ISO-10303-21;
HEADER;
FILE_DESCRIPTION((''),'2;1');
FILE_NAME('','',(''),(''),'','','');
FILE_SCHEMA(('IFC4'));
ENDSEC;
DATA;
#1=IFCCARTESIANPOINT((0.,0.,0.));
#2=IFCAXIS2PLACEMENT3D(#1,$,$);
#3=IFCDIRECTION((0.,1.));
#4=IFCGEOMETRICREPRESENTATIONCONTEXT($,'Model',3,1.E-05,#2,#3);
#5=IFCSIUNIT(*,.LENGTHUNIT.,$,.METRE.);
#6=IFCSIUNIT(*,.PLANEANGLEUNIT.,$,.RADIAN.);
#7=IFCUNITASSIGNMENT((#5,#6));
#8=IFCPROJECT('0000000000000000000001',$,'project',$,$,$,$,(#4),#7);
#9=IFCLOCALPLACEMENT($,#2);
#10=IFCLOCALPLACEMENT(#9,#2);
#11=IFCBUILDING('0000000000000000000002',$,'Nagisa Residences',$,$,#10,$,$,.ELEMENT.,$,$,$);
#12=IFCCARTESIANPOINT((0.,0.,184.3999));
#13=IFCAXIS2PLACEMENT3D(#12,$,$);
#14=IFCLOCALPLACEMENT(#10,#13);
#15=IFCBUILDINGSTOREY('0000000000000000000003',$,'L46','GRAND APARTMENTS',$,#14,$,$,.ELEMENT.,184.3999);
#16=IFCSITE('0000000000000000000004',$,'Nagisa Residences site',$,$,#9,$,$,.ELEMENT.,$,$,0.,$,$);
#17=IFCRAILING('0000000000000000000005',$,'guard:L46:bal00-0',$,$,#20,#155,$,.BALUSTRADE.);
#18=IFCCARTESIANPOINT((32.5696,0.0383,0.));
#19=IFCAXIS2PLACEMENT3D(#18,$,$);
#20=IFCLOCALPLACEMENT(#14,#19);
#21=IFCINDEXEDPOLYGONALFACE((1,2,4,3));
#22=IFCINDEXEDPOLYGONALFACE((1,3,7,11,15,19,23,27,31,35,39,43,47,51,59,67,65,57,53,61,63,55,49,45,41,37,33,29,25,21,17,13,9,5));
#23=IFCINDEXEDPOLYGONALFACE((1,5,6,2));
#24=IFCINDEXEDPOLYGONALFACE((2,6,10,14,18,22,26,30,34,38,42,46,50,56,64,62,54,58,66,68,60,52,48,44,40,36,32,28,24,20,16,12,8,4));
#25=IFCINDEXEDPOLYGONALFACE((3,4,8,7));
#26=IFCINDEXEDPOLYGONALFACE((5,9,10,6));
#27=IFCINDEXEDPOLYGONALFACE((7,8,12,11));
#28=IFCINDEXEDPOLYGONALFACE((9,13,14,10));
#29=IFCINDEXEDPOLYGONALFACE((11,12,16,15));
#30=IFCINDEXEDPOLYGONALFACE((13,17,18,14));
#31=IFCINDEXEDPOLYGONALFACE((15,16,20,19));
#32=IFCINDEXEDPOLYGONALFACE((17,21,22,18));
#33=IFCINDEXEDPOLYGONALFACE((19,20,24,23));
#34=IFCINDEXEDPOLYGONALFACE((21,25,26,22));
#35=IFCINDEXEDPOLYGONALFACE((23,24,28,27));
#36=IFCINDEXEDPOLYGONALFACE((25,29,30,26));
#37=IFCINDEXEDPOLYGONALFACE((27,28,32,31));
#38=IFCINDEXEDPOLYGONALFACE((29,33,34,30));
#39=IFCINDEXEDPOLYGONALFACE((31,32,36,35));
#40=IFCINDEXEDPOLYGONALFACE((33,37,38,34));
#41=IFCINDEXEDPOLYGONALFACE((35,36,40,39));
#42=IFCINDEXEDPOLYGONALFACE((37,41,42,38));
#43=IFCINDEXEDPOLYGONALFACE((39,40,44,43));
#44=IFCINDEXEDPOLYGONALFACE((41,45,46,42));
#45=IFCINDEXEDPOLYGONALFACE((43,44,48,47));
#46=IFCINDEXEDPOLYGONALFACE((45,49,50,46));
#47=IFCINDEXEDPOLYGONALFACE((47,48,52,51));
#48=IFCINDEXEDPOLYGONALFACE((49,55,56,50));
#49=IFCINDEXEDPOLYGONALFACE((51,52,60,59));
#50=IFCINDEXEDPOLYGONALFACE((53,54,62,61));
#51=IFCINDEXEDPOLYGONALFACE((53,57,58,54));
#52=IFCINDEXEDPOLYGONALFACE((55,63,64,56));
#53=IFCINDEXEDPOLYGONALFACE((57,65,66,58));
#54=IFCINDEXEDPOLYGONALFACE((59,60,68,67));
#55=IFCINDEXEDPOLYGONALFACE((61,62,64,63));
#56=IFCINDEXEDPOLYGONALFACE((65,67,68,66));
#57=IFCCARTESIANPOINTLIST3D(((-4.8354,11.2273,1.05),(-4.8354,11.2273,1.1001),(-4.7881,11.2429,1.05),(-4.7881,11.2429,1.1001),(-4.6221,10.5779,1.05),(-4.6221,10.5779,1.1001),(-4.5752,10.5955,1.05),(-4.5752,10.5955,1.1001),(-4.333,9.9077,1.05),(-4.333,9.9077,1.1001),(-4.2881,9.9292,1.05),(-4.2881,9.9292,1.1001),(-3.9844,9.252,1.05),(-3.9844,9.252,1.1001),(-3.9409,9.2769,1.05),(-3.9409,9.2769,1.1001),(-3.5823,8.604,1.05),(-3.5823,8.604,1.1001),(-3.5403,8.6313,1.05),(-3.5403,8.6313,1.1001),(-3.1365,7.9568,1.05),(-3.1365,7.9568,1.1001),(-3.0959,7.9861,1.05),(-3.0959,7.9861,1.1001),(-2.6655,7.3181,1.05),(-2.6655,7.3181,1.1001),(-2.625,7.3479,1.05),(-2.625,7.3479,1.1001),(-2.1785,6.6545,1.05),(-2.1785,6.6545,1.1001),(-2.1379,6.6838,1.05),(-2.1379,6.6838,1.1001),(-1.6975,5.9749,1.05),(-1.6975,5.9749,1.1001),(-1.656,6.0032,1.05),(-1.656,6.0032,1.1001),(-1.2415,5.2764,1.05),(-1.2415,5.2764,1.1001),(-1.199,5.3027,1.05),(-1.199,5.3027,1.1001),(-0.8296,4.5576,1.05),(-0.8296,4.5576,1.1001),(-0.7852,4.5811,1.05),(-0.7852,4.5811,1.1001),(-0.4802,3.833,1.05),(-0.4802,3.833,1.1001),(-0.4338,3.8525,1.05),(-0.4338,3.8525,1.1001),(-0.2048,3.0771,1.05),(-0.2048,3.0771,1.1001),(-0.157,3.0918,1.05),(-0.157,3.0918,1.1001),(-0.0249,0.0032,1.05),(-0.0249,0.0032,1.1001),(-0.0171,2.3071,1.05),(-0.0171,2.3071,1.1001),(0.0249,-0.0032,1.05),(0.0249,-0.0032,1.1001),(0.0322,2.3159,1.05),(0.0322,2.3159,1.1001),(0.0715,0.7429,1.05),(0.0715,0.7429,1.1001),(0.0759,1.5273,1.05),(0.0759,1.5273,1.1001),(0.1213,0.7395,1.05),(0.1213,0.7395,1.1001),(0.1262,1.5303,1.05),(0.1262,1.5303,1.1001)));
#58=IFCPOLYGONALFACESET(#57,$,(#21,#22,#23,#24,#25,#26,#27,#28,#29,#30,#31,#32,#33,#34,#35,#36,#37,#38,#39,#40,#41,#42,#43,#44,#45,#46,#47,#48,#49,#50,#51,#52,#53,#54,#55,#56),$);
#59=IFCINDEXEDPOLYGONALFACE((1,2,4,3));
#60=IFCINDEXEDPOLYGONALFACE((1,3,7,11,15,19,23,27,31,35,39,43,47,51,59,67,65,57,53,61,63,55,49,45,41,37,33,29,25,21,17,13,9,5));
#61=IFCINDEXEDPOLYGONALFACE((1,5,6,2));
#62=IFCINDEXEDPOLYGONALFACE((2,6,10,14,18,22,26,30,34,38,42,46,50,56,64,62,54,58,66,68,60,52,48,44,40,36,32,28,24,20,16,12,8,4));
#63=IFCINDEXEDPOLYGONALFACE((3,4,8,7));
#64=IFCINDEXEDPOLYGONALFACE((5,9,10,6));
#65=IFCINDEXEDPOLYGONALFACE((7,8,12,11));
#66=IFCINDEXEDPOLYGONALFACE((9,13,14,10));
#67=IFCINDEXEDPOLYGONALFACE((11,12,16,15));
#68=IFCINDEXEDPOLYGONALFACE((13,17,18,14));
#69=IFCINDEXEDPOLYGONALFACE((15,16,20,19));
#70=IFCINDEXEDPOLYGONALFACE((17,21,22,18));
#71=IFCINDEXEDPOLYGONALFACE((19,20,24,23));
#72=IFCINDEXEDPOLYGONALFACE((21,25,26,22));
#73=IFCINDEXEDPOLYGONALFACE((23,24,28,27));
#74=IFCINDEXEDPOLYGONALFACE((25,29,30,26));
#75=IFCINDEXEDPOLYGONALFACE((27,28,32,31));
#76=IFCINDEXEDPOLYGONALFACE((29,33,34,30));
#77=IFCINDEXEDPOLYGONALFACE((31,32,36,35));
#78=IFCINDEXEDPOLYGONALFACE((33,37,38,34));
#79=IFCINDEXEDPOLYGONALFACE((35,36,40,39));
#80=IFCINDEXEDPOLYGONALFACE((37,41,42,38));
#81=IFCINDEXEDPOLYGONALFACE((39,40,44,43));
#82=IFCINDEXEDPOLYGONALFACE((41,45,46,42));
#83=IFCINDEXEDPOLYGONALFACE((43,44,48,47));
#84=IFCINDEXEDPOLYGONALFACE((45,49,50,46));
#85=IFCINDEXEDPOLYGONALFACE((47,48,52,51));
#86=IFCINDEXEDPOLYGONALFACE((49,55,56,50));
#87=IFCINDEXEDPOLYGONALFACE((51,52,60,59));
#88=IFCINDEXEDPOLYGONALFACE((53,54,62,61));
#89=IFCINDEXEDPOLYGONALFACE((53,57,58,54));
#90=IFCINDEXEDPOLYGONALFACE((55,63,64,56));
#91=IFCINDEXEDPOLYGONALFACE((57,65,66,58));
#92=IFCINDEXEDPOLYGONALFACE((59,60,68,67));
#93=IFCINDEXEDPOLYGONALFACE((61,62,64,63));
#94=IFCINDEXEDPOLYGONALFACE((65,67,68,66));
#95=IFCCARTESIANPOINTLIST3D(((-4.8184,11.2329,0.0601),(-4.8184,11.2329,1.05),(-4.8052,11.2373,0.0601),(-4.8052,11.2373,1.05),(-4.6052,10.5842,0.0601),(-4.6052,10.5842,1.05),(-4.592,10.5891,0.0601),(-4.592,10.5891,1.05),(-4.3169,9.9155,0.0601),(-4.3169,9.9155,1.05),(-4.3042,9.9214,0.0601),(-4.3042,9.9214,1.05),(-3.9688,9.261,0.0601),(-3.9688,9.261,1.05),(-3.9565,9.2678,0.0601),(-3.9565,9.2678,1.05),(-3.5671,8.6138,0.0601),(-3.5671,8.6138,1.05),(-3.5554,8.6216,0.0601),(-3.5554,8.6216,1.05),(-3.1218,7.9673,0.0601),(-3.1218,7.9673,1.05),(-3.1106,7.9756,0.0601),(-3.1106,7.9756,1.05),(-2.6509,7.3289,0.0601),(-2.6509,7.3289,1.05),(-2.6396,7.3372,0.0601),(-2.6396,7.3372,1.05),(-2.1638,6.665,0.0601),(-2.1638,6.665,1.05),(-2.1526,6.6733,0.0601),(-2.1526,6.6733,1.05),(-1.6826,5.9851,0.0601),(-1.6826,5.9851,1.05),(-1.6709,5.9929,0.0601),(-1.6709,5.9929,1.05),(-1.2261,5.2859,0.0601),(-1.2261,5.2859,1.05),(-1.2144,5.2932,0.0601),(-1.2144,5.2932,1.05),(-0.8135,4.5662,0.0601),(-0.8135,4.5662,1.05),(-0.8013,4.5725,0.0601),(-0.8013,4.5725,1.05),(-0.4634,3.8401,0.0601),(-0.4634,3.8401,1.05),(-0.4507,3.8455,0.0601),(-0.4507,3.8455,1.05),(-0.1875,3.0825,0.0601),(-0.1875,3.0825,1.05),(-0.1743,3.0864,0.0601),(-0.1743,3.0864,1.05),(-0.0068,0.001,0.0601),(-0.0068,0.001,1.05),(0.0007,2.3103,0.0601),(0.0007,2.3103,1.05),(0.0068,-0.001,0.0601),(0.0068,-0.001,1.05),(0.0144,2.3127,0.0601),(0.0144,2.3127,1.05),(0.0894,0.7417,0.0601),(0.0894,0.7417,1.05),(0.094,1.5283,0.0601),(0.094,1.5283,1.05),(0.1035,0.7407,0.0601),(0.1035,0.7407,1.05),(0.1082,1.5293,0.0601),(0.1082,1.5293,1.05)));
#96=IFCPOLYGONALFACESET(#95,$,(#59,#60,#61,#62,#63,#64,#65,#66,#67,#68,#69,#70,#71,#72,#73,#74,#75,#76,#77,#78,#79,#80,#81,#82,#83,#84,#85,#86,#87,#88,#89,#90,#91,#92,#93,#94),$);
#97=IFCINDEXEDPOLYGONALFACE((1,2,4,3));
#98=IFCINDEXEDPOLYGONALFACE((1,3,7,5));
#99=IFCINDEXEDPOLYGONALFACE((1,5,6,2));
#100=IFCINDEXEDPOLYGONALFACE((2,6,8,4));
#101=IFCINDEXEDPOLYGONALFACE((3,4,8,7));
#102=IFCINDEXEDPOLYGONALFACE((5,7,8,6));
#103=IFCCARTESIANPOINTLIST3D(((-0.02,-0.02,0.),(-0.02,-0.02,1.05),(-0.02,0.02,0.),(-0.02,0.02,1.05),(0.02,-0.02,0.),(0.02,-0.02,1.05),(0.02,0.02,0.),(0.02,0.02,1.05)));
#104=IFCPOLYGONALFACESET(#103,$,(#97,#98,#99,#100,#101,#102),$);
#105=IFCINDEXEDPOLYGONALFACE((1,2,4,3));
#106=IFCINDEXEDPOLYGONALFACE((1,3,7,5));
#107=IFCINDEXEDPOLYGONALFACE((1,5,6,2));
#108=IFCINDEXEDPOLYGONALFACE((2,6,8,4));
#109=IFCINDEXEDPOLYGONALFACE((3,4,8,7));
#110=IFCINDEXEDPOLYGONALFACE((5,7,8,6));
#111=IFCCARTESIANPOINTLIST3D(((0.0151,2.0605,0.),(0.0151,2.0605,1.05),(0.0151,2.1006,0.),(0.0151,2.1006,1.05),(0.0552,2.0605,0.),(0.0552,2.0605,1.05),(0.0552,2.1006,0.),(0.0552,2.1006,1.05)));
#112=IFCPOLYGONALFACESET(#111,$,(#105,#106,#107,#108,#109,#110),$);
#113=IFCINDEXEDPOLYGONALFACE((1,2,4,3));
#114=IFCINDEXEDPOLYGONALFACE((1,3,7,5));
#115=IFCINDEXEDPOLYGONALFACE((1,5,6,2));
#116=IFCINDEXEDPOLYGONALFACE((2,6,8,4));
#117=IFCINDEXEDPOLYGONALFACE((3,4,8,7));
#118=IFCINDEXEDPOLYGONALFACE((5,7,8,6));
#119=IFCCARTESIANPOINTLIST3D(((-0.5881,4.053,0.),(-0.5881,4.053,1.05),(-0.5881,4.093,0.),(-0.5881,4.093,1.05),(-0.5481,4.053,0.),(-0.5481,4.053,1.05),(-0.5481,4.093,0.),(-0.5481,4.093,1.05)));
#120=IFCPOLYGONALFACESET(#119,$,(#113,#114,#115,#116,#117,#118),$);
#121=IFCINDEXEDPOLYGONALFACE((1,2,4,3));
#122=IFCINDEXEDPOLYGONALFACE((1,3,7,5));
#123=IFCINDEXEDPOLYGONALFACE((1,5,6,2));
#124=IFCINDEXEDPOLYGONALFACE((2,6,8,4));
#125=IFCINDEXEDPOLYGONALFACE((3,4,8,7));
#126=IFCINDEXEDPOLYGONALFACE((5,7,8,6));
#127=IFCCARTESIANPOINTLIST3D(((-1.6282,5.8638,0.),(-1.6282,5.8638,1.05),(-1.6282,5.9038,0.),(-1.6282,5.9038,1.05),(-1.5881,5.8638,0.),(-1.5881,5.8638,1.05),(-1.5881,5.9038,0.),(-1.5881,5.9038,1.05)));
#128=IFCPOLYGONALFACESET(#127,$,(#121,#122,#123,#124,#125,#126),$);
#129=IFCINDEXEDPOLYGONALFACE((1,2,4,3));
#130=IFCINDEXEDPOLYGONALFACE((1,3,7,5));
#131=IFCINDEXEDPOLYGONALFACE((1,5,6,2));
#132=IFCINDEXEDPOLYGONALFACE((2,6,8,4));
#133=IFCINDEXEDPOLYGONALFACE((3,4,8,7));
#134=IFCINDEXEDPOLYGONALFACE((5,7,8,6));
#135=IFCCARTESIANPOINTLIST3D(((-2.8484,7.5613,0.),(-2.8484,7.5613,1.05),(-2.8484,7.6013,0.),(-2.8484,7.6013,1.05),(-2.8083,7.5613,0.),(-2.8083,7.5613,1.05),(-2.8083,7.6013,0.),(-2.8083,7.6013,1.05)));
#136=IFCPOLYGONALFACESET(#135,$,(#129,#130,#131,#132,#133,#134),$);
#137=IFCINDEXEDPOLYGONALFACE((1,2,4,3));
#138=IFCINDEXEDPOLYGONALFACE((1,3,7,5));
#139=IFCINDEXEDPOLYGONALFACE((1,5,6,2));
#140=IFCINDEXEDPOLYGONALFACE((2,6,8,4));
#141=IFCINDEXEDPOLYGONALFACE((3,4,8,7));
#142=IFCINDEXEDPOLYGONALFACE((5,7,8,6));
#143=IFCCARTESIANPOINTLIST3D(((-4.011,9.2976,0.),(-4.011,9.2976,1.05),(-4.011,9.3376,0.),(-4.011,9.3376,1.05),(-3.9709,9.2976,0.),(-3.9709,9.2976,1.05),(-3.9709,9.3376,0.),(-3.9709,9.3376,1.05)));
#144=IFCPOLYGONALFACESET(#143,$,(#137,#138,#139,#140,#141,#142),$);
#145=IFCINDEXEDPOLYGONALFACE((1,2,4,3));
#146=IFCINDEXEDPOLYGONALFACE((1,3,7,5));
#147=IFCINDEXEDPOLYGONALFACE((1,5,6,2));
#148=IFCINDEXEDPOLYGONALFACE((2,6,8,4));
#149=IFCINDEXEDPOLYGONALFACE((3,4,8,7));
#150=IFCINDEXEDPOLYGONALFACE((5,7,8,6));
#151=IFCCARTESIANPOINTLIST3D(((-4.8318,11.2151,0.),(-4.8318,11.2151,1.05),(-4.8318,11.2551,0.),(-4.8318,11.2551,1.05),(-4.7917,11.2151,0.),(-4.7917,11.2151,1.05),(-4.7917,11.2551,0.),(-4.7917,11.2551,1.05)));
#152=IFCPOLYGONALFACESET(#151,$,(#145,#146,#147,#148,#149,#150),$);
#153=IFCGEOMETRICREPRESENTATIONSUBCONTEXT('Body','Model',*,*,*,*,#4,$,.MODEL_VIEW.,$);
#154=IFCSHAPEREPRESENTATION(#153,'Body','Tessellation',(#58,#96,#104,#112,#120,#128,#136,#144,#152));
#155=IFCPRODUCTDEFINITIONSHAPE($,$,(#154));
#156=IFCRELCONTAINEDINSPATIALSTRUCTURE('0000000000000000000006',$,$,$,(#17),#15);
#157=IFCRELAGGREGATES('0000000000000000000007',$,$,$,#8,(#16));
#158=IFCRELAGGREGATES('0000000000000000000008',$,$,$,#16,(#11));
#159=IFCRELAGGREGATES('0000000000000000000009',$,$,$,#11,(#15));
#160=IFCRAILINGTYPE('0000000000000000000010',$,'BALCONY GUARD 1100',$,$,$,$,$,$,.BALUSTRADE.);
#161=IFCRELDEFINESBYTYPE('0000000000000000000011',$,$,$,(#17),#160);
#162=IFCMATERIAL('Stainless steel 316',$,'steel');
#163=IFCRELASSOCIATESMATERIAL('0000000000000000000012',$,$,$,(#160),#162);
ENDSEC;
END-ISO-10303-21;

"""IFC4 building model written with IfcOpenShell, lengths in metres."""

from ifc_helpers import new_model, si_unit, direction, frame, origin, origin_2d, place, context, subcontext, project, spatial, polyline, rectangle, outline, extrude, material, type_object, element, save


model = new_model("IFC4")

# Units and contexts
model_context = context("Model", 3, precision=1e-05, world=origin(), true_north=direction((0.0, 1.0)))
body_context = subcontext(model_context, "Body", "Model", "MODEL_VIEW")
ifc_project = project(units=[si_unit("LENGTHUNIT", "METRE"), si_unit("PLANEANGLEUNIT", "RADIAN")], contexts=[model_context])

# Site, building, storey
site_placement = place(None, origin())
site = spatial("IfcSite", under=ifc_project, at=site_placement, Name="Nagisa Residences site", CompositionType="ELEMENT", RefElevation=0.0)
building_placement = place(site_placement, origin())
building = spatial("IfcBuilding", under=site, at=building_placement, Name="Nagisa Residences", CompositionType="ELEMENT")
storey_placement = place(building_placement, frame((0.0, 0.0, 184.3999)))
storey = spatial("IfcBuildingStorey", under=building, at=storey_placement, Name="L46", Description="GRAND APARTMENTS", CompositionType="ELEMENT", Elevation=184.3999)

# Railing
ifc_material_1 = material(Name="Stainless steel 316", Category="steel")
railing_type = type_object("IfcRailingType", Name="BALCONY GUARD 1100", PredefinedType="BALUSTRADE", material=ifc_material_1)
railing_placement = place(storey_placement, frame((32.5696, 0.0383, 0.0)))
element("IfcRailing", 1, at=railing_placement, inside=storey, type_object=railing_type, Name="guard:L46:bal00-0", PredefinedType="BALUSTRADE", context=body_context, shape_type="SweptSolid", body=[
    extrude(outline(polyline([(0.0715, 0.7429), (-0.0249, 0.0032), (0.0249, -0.0032), (0.1213, 0.7395), (0.1262, 1.5303), (0.0322, 2.3159), (-0.157, 3.0918), (-0.4338, 3.8525), (-0.7852, 4.5811), (-1.199, 5.3027), (-1.656, 6.0032), (-2.1379, 6.6838), (-2.625, 7.3479), (-3.0959, 7.9861), (-3.5403, 8.6313), (-3.9409, 9.2769), (-4.2881, 9.9292), (-4.5752, 10.5955), (-4.7881, 11.2429), (-4.8354, 11.2273), (-4.6221, 10.5779), (-4.333, 9.9077), (-3.9844, 9.252), (-3.5823, 8.604), (-3.1365, 7.9568), (-2.6655, 7.3181), (-2.1785, 6.6545), (-1.6975, 5.9749), (-1.2415, 5.2764), (-0.8296, 4.5576), (-0.4802, 3.833), (-0.2048, 3.0771), (-0.0171, 2.3071), (0.0759, 1.5273), (0.0715, 0.7429)])), frame((0.0, 0.0, 1.05)), (0.0, 0.0, 1.0), 0.05),
    extrude(outline(polyline([(0.0894, 0.7417), (-0.0068, 0.001), (0.0068, -0.001), (0.1035, 0.7407), (0.1082, 1.5293), (0.0144, 2.3127), (-0.1743, 3.0864), (-0.4507, 3.8455), (-0.8013, 4.5725), (-1.2144, 5.2932), (-1.6709, 5.9929), (-2.1526, 6.6733), (-2.6396, 7.3372), (-3.1106, 7.9756), (-3.5554, 8.6216), (-3.9565, 9.2678), (-4.3042, 9.9214), (-4.592, 10.5891), (-4.8052, 11.2373), (-4.8184, 11.2329), (-4.6052, 10.5842), (-4.3169, 9.9155), (-3.9688, 9.261), (-3.5671, 8.6138), (-3.1218, 7.9673), (-2.6509, 7.3289), (-2.1638, 6.665), (-1.6826, 5.9851), (-1.2261, 5.2859), (-0.8135, 4.5662), (-0.4634, 3.8401), (-0.1875, 3.0825), (0.0007, 2.3103), (0.094, 1.5283), (0.0894, 0.7417)])), frame((0.0, 0.0, 0.0601)), (0.0, 0.0, 1.0), 0.99),
    extrude(rectangle(XDim=0.04, YDim=0.04, at=origin_2d()), origin(), (0.0, 0.0, 1.0), 1.05),
    extrude(rectangle(XDim=0.04, YDim=0.04, at=origin_2d()), frame((0.0352, 2.0806, 0.0)), (0.0, 0.0, 1.0), 1.05),
    extrude(rectangle(XDim=0.04, YDim=0.04, at=origin_2d()), frame((-0.5681, 4.073, 0.0)), (0.0, 0.0, 1.0), 1.05),
    extrude(rectangle(XDim=0.04, YDim=0.04, at=origin_2d()), frame((-1.6082, 5.8838, 0.0)), (0.0, 0.0, 1.0), 1.05),
    extrude(rectangle(XDim=0.04, YDim=0.04, at=origin_2d()), frame((-2.8284, 7.5813, 0.0)), (0.0, 0.0, 1.0), 1.05),
    extrude(rectangle(XDim=0.04, YDim=0.04, at=origin_2d()), frame((-3.991, 9.3176, 0.0)), (0.0, 0.0, 1.0), 1.05),
    extrude(rectangle(XDim=0.04, YDim=0.04, at=origin_2d()), frame((-4.8118, 11.2351, 0.0)), (0.0, 0.0, 1.0), 1.05),
])

save(model, "model.ifc")
